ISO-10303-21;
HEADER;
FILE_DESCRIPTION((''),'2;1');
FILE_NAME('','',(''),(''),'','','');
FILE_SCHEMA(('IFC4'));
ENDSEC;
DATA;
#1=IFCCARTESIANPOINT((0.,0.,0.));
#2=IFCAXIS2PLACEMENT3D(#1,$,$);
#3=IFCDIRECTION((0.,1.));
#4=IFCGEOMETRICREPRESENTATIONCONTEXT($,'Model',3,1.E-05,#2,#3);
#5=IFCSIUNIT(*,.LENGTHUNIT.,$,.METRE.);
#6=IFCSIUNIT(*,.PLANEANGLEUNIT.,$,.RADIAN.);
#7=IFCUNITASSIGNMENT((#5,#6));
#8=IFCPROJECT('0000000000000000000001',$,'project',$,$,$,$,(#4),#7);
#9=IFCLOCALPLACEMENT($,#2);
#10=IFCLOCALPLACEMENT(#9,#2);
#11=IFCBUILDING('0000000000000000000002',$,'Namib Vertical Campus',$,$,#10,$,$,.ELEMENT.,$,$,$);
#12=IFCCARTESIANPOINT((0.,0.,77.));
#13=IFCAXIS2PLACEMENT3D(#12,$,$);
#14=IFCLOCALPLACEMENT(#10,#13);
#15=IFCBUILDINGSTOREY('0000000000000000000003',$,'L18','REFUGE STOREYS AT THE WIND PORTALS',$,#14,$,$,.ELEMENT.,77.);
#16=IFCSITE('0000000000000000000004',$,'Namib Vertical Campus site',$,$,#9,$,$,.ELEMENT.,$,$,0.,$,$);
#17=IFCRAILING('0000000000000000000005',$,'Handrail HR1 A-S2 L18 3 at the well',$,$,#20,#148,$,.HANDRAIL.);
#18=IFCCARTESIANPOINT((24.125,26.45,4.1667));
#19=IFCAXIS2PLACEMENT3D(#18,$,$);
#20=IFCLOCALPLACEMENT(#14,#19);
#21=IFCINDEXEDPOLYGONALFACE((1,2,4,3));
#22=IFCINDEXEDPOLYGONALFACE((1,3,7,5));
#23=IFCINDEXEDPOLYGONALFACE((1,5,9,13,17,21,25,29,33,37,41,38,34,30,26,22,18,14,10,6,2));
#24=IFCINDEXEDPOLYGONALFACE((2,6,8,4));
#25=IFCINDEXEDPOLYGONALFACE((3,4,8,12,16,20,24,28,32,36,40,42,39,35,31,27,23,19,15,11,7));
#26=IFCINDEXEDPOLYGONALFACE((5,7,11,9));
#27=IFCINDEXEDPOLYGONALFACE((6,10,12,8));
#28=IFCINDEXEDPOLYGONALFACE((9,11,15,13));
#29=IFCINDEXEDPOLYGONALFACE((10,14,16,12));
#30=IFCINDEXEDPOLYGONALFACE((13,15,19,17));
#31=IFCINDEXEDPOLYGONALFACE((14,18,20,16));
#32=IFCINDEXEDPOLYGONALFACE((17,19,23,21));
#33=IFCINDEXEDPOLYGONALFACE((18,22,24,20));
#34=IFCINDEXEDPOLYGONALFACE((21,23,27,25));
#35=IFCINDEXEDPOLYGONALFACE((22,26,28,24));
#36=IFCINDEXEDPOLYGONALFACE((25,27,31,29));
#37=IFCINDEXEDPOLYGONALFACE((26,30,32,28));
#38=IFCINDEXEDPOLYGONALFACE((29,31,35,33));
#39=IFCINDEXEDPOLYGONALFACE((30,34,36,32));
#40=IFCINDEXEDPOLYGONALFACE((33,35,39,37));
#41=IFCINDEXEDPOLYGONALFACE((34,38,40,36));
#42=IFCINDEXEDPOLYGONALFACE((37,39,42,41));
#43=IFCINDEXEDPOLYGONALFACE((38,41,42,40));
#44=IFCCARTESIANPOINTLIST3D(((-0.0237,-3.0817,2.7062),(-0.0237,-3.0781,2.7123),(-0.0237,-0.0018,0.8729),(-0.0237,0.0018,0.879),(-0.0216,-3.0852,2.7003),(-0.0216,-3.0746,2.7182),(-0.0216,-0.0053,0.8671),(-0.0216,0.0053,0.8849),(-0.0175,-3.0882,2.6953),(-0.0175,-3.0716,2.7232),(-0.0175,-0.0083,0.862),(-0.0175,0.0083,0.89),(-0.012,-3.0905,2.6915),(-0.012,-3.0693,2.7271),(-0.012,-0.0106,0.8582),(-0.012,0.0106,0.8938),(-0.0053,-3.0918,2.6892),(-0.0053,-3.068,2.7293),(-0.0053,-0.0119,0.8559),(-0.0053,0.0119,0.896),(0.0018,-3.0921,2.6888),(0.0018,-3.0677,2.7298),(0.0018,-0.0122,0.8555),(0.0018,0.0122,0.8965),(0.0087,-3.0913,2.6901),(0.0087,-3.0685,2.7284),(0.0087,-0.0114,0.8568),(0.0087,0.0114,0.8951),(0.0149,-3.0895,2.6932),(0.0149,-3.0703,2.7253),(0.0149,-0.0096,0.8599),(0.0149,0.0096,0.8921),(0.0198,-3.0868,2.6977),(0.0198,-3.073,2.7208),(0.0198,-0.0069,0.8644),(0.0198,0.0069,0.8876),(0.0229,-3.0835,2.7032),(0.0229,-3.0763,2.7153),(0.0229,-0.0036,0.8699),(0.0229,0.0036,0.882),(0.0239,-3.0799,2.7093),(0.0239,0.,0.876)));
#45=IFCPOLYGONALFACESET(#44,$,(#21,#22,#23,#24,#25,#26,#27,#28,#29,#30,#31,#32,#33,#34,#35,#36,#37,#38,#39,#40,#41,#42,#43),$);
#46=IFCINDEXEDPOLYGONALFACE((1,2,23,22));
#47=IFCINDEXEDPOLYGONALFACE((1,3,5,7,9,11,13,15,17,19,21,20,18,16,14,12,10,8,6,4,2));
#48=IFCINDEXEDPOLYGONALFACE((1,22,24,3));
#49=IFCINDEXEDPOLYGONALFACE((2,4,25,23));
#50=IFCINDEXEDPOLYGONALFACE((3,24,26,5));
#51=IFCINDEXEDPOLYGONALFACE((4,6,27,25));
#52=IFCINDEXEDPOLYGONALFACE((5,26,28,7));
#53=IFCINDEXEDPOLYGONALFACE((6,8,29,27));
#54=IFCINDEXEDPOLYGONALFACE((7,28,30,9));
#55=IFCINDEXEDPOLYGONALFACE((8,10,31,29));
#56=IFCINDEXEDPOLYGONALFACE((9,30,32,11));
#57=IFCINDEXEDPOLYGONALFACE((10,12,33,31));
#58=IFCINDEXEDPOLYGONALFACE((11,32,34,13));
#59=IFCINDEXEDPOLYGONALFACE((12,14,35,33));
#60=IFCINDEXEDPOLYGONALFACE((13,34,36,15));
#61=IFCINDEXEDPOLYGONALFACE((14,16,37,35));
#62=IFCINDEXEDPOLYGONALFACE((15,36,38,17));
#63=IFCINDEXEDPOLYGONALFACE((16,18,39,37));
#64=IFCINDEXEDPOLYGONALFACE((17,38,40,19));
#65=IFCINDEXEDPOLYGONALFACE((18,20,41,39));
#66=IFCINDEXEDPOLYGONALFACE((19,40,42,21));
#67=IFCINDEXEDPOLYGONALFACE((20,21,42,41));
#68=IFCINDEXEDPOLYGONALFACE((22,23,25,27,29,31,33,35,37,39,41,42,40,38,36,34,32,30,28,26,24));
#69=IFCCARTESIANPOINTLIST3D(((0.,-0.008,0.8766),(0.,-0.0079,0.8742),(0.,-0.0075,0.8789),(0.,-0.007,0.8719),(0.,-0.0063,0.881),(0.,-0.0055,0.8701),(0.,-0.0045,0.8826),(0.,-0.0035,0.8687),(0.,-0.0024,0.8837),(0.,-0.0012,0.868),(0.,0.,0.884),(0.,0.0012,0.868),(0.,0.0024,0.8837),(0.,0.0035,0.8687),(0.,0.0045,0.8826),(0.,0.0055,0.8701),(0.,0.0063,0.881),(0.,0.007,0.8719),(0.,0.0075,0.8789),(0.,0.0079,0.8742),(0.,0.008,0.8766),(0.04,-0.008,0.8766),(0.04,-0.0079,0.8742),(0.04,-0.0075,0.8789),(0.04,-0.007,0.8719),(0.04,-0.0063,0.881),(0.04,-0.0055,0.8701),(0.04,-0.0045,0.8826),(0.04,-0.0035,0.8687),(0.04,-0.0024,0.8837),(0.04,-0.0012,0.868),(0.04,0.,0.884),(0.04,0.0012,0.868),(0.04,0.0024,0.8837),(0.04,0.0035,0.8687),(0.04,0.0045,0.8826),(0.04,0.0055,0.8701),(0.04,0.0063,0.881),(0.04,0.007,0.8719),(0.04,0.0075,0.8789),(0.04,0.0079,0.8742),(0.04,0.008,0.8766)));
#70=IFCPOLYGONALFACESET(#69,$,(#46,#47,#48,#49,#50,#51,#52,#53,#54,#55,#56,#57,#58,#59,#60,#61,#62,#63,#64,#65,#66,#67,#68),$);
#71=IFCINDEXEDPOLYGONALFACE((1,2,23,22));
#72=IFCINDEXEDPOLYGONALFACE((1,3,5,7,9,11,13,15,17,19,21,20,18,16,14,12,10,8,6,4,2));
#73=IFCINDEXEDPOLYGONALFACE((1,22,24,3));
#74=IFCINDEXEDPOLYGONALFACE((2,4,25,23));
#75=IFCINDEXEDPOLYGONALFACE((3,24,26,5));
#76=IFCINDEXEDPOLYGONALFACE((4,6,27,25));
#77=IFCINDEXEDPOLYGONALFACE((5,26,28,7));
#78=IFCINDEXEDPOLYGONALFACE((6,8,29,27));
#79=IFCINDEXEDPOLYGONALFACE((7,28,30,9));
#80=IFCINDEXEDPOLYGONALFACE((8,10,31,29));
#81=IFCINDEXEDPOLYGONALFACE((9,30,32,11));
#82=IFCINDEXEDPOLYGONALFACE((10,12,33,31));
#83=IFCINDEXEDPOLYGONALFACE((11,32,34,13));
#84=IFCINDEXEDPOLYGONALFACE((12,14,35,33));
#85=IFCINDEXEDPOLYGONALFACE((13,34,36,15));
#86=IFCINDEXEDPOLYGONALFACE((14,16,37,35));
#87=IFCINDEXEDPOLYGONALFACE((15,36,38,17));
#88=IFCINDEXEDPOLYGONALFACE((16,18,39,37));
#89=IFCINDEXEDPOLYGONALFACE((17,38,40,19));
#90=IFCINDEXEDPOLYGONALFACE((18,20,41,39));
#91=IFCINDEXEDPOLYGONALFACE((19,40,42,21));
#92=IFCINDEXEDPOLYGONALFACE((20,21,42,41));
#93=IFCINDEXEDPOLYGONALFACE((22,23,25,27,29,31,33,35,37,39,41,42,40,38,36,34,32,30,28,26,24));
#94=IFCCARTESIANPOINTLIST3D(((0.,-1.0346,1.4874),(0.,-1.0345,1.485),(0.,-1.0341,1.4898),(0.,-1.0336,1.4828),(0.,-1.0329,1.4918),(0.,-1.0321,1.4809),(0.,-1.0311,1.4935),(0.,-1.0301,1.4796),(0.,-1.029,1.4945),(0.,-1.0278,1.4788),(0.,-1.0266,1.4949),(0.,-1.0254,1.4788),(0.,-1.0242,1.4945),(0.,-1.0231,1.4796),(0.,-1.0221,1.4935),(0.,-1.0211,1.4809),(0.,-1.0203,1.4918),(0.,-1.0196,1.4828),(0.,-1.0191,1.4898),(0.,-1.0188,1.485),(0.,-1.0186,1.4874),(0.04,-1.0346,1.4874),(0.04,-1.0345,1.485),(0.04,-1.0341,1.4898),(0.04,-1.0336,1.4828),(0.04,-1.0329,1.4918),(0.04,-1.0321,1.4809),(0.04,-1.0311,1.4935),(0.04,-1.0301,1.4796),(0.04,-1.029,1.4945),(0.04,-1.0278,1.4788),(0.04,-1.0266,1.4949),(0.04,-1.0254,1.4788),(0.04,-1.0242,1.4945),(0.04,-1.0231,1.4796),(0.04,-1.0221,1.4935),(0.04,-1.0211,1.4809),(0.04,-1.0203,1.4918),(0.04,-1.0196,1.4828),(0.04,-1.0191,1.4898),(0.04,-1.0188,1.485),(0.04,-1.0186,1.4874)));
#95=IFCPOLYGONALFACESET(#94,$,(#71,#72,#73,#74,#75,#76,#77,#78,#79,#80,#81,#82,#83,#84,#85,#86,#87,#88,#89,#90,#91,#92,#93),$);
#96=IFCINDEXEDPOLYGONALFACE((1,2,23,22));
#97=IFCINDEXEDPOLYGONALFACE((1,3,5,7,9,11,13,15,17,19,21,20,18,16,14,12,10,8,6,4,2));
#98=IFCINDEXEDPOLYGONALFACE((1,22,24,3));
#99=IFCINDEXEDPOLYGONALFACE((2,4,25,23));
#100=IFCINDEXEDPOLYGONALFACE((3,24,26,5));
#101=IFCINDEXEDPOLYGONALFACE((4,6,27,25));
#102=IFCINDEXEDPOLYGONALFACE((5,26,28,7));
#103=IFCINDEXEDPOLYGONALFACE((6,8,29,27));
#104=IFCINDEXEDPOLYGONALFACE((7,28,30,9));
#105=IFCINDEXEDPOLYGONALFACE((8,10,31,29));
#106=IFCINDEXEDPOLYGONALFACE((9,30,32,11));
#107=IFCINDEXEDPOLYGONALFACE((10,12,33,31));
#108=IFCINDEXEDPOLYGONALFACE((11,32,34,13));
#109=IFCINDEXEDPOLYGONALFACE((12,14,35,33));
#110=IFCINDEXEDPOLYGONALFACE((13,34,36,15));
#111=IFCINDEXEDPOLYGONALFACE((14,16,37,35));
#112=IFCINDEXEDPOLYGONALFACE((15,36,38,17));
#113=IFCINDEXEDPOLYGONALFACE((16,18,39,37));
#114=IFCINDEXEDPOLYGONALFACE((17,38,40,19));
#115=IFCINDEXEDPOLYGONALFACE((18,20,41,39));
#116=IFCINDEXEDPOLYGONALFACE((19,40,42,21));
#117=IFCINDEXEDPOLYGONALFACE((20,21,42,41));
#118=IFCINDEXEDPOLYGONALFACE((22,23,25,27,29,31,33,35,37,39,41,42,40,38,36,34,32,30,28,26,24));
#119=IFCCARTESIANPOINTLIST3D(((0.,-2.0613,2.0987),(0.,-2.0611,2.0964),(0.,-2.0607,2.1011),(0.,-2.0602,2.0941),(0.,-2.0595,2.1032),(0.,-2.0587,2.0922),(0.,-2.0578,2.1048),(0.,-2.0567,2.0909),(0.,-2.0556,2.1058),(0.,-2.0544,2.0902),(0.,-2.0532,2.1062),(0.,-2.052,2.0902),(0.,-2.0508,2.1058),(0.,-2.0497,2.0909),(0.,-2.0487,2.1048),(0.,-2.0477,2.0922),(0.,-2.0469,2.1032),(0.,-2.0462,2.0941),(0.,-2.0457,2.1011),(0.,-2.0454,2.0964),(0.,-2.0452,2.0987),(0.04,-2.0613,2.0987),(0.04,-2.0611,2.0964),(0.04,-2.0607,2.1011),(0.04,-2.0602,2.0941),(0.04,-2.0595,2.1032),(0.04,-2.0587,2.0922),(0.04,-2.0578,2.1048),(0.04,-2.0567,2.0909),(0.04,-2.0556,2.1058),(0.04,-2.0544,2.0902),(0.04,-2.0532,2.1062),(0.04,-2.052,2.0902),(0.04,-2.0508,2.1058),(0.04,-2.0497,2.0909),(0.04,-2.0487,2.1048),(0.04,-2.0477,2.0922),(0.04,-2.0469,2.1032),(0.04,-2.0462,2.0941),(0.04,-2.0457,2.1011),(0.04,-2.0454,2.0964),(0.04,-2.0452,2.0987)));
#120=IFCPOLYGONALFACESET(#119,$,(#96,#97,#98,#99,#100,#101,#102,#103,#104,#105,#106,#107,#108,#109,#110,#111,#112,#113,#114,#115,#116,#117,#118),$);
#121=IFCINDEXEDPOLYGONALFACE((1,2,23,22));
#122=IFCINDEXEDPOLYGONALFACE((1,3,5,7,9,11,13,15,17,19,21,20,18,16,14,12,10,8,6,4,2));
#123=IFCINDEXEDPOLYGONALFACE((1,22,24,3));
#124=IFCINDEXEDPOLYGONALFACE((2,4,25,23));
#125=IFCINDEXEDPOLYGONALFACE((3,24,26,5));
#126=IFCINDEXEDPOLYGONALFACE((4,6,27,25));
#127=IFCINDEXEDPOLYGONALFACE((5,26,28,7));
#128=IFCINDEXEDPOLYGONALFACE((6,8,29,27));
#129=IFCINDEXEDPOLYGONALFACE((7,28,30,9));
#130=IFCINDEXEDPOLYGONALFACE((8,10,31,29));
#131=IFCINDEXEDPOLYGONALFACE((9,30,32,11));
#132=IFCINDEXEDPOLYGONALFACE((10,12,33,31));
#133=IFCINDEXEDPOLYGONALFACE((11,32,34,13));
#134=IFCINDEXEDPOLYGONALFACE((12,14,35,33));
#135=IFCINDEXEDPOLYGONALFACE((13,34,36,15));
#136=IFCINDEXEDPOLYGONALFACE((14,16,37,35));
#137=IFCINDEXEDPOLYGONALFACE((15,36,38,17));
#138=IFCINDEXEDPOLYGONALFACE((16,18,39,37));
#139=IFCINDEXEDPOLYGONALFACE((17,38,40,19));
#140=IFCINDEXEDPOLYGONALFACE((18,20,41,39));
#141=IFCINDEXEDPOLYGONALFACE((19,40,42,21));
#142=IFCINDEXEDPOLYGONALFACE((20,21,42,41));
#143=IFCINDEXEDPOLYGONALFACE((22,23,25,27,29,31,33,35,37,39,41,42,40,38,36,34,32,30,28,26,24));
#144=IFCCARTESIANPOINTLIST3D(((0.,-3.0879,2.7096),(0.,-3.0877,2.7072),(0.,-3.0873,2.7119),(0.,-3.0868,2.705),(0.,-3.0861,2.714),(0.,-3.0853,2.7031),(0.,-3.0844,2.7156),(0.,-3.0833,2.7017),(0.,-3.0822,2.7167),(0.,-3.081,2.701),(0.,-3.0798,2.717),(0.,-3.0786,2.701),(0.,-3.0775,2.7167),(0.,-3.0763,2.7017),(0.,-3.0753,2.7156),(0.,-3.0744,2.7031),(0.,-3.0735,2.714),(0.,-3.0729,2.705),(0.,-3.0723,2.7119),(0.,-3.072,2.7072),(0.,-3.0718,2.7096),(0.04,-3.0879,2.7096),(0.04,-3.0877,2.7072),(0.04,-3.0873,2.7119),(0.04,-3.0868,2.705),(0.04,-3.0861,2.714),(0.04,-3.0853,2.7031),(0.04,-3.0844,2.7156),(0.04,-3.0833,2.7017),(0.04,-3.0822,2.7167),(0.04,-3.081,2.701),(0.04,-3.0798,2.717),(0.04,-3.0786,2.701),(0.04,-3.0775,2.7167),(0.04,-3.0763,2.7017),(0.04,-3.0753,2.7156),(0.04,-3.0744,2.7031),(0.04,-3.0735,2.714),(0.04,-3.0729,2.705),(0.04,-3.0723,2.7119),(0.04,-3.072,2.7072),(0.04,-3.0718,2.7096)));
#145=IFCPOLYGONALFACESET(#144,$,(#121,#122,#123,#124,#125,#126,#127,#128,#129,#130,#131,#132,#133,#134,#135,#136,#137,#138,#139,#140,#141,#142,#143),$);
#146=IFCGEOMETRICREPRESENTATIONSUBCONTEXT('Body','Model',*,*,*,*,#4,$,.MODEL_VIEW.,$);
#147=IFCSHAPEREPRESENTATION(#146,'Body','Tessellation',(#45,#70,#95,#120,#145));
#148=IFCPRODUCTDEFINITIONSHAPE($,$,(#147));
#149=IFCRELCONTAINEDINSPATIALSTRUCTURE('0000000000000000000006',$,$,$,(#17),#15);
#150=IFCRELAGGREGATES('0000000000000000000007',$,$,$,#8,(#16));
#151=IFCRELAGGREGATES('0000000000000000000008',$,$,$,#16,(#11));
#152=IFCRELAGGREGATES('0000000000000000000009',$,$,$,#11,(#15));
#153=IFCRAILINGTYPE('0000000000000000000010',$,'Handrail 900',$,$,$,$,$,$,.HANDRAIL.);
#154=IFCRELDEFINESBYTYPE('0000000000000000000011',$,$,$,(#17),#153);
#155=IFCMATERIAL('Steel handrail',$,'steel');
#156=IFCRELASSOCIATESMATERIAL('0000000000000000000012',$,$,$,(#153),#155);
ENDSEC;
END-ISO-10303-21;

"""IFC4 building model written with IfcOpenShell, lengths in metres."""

from ifc_helpers import new_model, si_unit, direction, frame, origin, origin_2d, place, context, subcontext, project, spatial, circle, extrude, material, type_object, element, save


model = new_model("IFC4")

# Units and contexts
model_context = context("Model", 3, precision=1e-05, world=origin(), true_north=direction((0.0, 1.0)))
body_context = subcontext(model_context, "Body", "Model", "MODEL_VIEW")
ifc_project = project(units=[si_unit("LENGTHUNIT", "METRE"), si_unit("PLANEANGLEUNIT", "RADIAN")], contexts=[model_context])

# Site, building, storey
site_placement = place(None, origin())
site = spatial("IfcSite", under=ifc_project, at=site_placement, Name="Namib Vertical Campus site", CompositionType="ELEMENT", RefElevation=0.0)
building_placement = place(site_placement, origin())
building = spatial("IfcBuilding", under=site, at=building_placement, Name="Namib Vertical Campus", CompositionType="ELEMENT")
storey_placement = place(building_placement, frame((0.0, 0.0, 77.0)))
storey = spatial("IfcBuildingStorey", under=building, at=storey_placement, Name="L18", Description="REFUGE STOREYS AT THE WIND PORTALS", CompositionType="ELEMENT", Elevation=77.0)

# Railing
ifc_material_1 = material(Name="Steel handrail", Category="steel")
railing_type_1 = type_object("IfcRailingType", Name="Handrail 900", PredefinedType="HANDRAIL", material=ifc_material_1)
railing_1_placement = place(storey_placement, frame((24.125, 26.45, 4.1667)))
element("IfcRailing", 1, at=railing_1_placement, inside=storey, type_object=railing_type_1, Name="Handrail HR1 A-S2 L18 3 at the well", PredefinedType="HANDRAIL", context=body_context, shape_type="SweptSolid", body=[
    extrude(circle(Radius=0.0239, at=origin_2d()), frame((0.0, 0.0, 0.876), z_axis=(0.0, -0.859291, 0.511487), x_axis=(1.0, 0.0, 0.0)), (0.0, 0.0, 1.0), 3.5842),
    extrude(circle(Radius=0.0081, at=origin_2d()), frame((0.0, 0.0, 0.876), z_axis=(1.0, 0.0, 0.0), x_axis=(0.0, 0.0, 1.0)), (0.0, 0.0, 1.0), 0.04),
    extrude(circle(Radius=0.0081, at=origin_2d()), frame((0.0, -1.0266, 1.4868), z_axis=(1.0, 0.0, 0.0), x_axis=(0.0, 0.0, 1.0)), (0.0, 0.0, 1.0), 0.04),
    extrude(circle(Radius=0.0081, at=origin_2d()), frame((0.0, -2.0532, 2.0981), z_axis=(1.0, 0.0, 0.0), x_axis=(0.0, 0.0, 1.0)), (0.0, 0.0, 1.0), 0.04),
    extrude(circle(Radius=0.0081, at=origin_2d()), frame((0.0, -3.0798, 2.709), z_axis=(1.0, 0.0, 0.0), x_axis=(0.0, 0.0, 1.0)), (0.0, 0.0, 1.0), 0.04),
])

save(model, "model.ifc")
